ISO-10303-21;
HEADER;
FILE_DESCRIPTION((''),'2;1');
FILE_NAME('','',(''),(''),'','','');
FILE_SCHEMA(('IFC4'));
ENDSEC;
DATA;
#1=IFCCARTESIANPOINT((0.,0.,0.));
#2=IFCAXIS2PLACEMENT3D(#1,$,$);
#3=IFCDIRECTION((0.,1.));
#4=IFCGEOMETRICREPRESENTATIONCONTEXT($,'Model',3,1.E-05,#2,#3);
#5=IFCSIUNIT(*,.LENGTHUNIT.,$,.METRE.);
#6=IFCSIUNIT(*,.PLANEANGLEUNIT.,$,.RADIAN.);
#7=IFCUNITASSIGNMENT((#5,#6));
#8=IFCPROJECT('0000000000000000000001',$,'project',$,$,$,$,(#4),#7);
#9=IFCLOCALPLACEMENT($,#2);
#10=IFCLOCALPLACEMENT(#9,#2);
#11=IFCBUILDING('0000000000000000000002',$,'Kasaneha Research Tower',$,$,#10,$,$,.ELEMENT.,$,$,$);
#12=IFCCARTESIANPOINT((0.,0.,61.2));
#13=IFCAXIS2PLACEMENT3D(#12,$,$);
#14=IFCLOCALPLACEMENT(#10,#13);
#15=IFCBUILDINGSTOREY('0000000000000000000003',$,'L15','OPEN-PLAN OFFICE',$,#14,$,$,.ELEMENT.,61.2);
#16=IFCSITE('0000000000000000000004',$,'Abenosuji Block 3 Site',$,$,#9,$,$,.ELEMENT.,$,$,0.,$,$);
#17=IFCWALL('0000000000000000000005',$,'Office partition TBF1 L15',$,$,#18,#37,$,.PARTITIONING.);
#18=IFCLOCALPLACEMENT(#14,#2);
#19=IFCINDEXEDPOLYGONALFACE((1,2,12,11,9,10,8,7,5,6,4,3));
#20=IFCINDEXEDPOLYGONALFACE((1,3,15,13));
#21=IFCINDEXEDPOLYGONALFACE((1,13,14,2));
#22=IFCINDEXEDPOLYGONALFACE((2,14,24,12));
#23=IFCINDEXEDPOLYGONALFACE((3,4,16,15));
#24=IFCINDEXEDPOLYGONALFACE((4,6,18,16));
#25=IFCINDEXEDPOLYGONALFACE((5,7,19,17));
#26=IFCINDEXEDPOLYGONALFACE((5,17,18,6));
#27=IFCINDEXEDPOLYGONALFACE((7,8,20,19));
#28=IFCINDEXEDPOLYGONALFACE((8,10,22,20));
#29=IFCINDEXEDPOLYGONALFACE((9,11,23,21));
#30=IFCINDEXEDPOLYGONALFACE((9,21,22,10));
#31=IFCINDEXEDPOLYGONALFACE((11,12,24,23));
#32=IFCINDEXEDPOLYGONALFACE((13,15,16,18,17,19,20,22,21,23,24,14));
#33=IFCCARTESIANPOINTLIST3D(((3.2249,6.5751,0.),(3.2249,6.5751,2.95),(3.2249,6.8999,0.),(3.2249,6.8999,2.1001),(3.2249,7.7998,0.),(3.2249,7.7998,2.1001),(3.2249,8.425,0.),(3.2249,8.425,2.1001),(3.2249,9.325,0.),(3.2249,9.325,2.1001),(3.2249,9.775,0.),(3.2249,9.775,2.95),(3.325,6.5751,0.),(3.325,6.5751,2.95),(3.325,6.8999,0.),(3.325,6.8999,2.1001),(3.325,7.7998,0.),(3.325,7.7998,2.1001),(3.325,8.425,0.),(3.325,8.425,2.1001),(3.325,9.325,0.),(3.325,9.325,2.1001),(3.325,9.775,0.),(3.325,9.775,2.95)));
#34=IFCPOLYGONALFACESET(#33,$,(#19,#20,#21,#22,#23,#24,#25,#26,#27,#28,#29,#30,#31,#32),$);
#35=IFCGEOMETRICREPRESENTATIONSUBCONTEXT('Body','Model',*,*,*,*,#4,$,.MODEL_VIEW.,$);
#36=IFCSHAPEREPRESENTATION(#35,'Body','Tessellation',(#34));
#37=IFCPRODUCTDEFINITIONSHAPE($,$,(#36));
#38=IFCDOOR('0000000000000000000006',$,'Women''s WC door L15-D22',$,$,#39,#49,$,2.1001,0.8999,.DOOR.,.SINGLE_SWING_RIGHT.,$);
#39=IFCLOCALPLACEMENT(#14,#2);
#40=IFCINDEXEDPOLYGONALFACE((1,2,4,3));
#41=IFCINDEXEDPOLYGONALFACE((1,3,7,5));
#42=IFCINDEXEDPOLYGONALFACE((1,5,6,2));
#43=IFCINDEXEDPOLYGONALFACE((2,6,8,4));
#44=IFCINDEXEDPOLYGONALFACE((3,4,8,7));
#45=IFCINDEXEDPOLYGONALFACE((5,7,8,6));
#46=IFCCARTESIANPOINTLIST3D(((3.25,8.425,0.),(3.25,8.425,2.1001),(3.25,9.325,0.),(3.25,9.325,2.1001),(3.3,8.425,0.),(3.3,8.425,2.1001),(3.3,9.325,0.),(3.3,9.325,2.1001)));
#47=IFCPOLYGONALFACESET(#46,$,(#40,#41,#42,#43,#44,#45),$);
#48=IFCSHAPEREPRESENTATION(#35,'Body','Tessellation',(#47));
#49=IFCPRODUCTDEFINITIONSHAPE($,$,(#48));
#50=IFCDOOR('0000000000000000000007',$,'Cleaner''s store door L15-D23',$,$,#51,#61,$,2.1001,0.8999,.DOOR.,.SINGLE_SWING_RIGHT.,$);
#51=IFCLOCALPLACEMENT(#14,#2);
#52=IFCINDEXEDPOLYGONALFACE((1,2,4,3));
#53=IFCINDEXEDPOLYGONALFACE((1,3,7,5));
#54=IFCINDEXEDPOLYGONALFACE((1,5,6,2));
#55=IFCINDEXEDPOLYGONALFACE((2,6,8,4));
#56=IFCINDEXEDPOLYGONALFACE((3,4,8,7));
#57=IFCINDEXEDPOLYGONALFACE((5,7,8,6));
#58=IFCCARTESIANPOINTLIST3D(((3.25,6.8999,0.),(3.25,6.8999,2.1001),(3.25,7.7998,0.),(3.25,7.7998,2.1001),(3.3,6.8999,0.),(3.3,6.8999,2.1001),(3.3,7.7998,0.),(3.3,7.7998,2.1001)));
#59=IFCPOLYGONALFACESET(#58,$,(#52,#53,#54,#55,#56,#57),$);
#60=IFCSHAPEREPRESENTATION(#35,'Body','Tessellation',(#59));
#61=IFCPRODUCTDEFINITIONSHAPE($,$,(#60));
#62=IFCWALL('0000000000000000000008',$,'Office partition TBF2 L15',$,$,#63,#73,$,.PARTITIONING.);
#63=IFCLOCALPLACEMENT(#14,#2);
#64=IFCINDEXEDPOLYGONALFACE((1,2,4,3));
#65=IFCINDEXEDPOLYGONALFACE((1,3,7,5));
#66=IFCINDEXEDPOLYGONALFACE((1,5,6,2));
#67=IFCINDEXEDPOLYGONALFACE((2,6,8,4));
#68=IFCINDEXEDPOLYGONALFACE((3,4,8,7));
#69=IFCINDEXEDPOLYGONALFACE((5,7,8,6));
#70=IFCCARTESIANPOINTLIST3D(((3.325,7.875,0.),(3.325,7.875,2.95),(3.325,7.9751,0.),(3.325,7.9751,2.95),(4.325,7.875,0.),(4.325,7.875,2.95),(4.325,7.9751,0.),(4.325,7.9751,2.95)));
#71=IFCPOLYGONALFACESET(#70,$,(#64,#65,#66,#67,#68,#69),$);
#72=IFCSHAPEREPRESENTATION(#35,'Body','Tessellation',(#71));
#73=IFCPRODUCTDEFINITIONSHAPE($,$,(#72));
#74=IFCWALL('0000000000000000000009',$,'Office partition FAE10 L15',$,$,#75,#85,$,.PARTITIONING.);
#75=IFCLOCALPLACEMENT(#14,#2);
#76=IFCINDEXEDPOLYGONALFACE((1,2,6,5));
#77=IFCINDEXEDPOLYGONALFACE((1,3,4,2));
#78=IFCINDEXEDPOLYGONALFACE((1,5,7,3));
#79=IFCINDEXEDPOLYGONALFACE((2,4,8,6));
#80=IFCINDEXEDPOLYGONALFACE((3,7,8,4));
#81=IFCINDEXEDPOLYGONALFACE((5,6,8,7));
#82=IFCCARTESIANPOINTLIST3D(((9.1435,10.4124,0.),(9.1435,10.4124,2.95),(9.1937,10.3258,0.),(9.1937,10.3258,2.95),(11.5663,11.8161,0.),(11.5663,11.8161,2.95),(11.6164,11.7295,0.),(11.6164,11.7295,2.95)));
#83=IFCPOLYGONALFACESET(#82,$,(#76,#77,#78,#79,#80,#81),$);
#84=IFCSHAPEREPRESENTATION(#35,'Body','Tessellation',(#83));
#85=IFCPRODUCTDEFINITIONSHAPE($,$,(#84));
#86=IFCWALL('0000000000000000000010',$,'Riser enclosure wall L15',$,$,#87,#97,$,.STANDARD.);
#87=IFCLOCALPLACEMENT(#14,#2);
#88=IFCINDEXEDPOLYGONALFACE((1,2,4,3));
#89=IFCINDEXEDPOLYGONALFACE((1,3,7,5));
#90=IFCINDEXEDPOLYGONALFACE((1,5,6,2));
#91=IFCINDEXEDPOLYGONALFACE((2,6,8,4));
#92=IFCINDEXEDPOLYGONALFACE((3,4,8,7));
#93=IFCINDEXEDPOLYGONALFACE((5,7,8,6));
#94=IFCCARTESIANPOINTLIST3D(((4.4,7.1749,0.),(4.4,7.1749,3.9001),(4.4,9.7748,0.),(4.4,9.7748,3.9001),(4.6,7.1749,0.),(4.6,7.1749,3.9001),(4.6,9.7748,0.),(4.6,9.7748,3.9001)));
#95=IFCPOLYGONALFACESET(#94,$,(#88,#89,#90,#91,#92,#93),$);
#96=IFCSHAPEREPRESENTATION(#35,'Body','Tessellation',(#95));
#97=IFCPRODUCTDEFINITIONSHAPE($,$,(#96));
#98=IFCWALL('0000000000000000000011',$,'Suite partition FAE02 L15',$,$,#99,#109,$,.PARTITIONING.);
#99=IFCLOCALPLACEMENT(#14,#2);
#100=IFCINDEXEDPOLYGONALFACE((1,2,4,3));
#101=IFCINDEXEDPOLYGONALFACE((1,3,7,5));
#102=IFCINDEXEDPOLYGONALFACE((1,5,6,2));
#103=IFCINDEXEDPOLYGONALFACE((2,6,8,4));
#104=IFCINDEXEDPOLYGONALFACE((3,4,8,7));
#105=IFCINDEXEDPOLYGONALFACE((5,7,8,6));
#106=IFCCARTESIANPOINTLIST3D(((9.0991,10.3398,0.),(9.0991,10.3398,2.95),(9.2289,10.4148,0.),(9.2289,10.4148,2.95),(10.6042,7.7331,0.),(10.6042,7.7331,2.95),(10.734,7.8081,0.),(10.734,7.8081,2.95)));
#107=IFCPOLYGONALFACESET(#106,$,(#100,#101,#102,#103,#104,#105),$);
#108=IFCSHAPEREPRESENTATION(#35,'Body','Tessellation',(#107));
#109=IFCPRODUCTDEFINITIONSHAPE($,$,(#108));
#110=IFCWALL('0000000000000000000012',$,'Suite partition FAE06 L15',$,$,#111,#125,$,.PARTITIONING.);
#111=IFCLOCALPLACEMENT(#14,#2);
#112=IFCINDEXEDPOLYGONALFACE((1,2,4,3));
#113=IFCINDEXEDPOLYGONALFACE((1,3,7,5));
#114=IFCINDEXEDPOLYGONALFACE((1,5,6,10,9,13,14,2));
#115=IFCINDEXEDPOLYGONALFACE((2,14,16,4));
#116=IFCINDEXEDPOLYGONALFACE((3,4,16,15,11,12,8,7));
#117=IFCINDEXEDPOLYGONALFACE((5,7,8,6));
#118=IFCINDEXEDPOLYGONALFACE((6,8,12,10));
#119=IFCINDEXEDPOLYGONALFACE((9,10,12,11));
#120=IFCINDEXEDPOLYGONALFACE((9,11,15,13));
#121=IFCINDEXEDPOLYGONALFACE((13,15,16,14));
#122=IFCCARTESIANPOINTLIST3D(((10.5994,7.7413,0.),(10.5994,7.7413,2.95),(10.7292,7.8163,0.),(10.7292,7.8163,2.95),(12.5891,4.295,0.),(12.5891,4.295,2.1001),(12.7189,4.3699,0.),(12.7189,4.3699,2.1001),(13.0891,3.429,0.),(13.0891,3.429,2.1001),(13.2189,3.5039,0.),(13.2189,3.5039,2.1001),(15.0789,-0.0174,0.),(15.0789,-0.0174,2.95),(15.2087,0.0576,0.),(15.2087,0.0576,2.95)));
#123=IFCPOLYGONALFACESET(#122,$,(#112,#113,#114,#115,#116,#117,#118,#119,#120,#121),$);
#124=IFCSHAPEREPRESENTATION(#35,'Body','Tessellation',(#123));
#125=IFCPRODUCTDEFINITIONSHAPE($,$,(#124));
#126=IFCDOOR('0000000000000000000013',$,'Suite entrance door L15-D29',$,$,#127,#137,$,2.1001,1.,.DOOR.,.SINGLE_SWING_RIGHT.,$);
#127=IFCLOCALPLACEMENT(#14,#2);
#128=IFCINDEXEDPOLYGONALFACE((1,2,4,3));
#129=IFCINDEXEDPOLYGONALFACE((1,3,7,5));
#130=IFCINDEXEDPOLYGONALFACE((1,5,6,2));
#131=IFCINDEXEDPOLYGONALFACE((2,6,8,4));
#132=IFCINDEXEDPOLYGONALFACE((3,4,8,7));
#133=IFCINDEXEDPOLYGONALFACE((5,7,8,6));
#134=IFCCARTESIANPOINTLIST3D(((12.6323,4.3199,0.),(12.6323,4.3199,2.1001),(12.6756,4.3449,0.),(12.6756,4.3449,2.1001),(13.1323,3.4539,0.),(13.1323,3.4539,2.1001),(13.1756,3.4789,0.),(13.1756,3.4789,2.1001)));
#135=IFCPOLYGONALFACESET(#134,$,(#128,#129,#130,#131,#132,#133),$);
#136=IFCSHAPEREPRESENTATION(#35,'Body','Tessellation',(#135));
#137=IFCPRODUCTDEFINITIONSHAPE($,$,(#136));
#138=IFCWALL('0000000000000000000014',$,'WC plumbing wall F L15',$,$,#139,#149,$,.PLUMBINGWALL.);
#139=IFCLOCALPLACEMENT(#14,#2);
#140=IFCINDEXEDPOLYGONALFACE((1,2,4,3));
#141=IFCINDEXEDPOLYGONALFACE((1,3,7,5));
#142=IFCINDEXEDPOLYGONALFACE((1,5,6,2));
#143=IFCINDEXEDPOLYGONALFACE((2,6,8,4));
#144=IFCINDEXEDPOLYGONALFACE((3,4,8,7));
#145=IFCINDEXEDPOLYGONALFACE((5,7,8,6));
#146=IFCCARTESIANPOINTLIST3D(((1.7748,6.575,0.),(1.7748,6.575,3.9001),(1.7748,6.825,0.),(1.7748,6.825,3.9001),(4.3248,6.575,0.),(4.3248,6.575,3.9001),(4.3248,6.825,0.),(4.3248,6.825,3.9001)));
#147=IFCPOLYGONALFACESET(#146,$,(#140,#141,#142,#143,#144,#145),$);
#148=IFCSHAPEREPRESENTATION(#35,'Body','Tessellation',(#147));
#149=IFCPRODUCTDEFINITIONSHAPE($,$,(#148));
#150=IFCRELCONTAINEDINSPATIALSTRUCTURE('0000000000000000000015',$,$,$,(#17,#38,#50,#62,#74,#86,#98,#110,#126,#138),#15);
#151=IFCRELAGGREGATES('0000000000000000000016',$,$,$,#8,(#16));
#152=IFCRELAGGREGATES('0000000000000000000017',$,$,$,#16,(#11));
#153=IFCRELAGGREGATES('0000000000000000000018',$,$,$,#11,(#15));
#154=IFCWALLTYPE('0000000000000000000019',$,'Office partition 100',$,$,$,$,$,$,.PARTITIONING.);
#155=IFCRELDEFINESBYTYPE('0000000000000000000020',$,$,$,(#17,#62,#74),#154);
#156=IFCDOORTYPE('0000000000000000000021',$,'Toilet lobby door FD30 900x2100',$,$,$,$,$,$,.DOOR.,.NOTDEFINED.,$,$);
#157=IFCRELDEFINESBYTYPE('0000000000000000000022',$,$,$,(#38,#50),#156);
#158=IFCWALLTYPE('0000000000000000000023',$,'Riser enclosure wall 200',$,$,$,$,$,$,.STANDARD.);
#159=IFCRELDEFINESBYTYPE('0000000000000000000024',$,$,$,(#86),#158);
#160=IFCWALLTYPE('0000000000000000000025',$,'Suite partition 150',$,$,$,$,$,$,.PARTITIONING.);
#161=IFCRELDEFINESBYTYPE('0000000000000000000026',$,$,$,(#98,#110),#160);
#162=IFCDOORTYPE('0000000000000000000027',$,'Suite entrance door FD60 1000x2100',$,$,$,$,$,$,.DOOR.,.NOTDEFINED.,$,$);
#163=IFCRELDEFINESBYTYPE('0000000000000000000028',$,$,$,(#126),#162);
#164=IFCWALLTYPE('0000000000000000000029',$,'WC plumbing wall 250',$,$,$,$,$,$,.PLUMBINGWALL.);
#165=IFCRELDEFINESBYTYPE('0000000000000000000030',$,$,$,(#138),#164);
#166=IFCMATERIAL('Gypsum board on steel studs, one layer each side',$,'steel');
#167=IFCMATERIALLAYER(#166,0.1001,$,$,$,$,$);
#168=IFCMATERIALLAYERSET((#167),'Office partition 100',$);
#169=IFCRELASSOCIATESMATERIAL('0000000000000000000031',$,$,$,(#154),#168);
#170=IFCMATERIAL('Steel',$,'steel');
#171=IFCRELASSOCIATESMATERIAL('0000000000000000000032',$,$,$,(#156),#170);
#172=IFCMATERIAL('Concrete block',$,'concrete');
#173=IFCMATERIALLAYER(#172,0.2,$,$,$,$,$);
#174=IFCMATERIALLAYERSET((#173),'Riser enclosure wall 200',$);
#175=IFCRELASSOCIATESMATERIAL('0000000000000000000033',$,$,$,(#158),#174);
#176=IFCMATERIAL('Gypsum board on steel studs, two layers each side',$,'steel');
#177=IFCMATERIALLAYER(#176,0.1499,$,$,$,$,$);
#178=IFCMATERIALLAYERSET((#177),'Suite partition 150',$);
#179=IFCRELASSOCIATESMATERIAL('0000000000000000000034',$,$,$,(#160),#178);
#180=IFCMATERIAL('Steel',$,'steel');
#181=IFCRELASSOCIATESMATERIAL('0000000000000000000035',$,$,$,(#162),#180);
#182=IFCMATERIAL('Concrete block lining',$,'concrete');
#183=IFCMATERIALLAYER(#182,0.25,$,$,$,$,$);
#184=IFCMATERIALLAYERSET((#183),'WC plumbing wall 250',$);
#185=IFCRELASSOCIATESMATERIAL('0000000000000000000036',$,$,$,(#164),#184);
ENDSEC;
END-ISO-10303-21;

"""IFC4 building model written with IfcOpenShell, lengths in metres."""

from ifc_helpers import new_model, si_unit, direction, frame, frame_2d, origin, place, context, subcontext, project, spatial, rectangle, extrude, material, layer, layer_set, type_object, element, fill, save


model = new_model("IFC4")

# Units and contexts
model_context = context("Model", 3, precision=1e-05, world=origin(), true_north=direction((0.0, 1.0)))
body_context = subcontext(model_context, "Body", "Model", "MODEL_VIEW")
ifc_project = project(units=[si_unit("LENGTHUNIT", "METRE"), si_unit("PLANEANGLEUNIT", "RADIAN")], contexts=[model_context])

# Site, building, storey
site_placement = place(None, origin())
site = spatial("IfcSite", under=ifc_project, at=site_placement, Name="Abenosuji Block 3 Site", CompositionType="ELEMENT", RefElevation=0.0)
building_placement = place(site_placement, origin())
building = spatial("IfcBuilding", under=site, at=building_placement, Name="Kasaneha Research Tower", CompositionType="ELEMENT")
storey_placement = place(building_placement, frame((0.0, 0.0, 61.2)))
storey = spatial("IfcBuildingStorey", under=building, at=storey_placement, Name="L15", Description="OPEN-PLAN OFFICE", CompositionType="ELEMENT", Elevation=61.2)

# Wall, openings, doors
ifc_material_1 = material(Name="Gypsum board on steel studs, one layer each side", Category="steel")
ifc_layer_1 = layer(ifc_material_1, 0.1001)
ifc_layer_set_1 = layer_set([ifc_layer_1], Name="Office partition 100")
wall_type_1 = type_object("IfcWallType", Name="Office partition 100", PredefinedType="PARTITIONING", material=ifc_layer_set_1)
wall_1_placement = place(storey_placement, frame((3.2749, 6.575, 0.0), z_axis=(0.0, 0.0, 1.0), x_axis=(0.0, 1.0, 0.0)))
wall_1 = element("IfcWall", 1, at=wall_1_placement, inside=storey, type_object=wall_type_1, Name="Office partition TBF1 L15", PredefinedType="PARTITIONING", context=body_context, shape_type="SweptSolid", body=[
    extrude(rectangle(XDim=3.2, YDim=0.1001, at=frame_2d((1.6001, 0.0))), origin(), (0.0, 0.0, 1.0), 2.95),
])
opening_1_placement = place(wall_1_placement, frame((1.8501, 0.0, 0.0)))
opening_1 = element("IfcOpeningElement", 2, at=opening_1_placement, cuts=wall_1, PredefinedType="OPENING", context=body_context, shape_type="SweptSolid", body=[
    extrude(rectangle(XDim=0.8999, YDim=2.1001, at=frame_2d((0.45, 1.05))), frame((0.0, 0.0601, 0.0), z_axis=(0.0, -1.0, 0.0), x_axis=(1.0, 0.0, 0.0)), (0.0, 0.0, 1.0), 0.1201),
])
opening_2_placement = place(wall_1_placement, frame((0.325, 0.0, 0.0)))
opening_2 = element("IfcOpeningElement", 3, at=opening_2_placement, cuts=wall_1, PredefinedType="OPENING", context=body_context, shape_type="SweptSolid", body=[
    extrude(rectangle(XDim=0.8999, YDim=2.1001, at=frame_2d((0.45, 1.05))), frame((0.0, 0.0601, 0.0), z_axis=(0.0, -1.0, 0.0), x_axis=(1.0, 0.0, 0.0)), (0.0, 0.0, 1.0), 0.1201),
])
ifc_material_2 = material(Name="Steel", Category="steel")
door_type_1 = type_object("IfcDoorType", Name="Toilet lobby door FD30 900x2100", OperationType="NOTDEFINED", PredefinedType="DOOR", material=ifc_material_2)
door_1_placement = place(opening_1_placement, origin())
door_1 = element("IfcDoor", 4, at=door_1_placement, inside=storey, type_object=door_type_1, Name="Women's WC door L15-D22", OperationType="SINGLE_SWING_RIGHT", OverallHeight=2.1001, OverallWidth=0.8999, PredefinedType="DOOR", context=body_context, shape_type="SweptSolid", body=[
    extrude(rectangle(XDim=0.8999, YDim=2.1001, at=frame_2d((0.45, 1.05))), frame((0.0, 0.0249, 0.0), z_axis=(0.0, -1.0, 0.0), x_axis=(1.0, 0.0, 0.0)), (0.0, 0.0, 1.0), 0.05),
])
fill(opening_1, door_1)
door_2_placement = place(opening_2_placement, origin())
door_2 = element("IfcDoor", 5, at=door_2_placement, inside=storey, type_object=door_type_1, Name="Cleaner's store door L15-D23", OperationType="SINGLE_SWING_RIGHT", OverallHeight=2.1001, OverallWidth=0.8999, PredefinedType="DOOR", context=body_context, shape_type="SweptSolid", body=[
    extrude(rectangle(XDim=0.8999, YDim=2.1001, at=frame_2d((0.45, 1.05))), frame((0.0, 0.0249, 0.0), z_axis=(0.0, -1.0, 0.0), x_axis=(1.0, 0.0, 0.0)), (0.0, 0.0, 1.0), 0.05),
])
fill(opening_2, door_2)

# Walls
wall_2_placement = place(storey_placement, frame((3.325, 7.925, 0.0), z_axis=(0.0, 0.0, 1.0), x_axis=(1.0, 0.0, 0.0)))
element("IfcWall", 6, at=wall_2_placement, inside=storey, type_object=wall_type_1, Name="Office partition TBF2 L15", PredefinedType="PARTITIONING", context=body_context, shape_type="SweptSolid", body=[
    extrude(rectangle(XDim=1.0, YDim=0.1001, at=frame_2d((0.5, 0.0))), origin(), (0.0, 0.0, 1.0), 2.95),
])
wall_3_placement = place(storey_placement, frame((9.1687, 10.3691, 0.0), z_axis=(0.0, 0.0, 1.0), x_axis=(0.865255, 0.501332, 0.0)))
element("IfcWall", 7, at=wall_3_placement, inside=storey, type_object=wall_type_1, Name="Office partition FAE10 L15", PredefinedType="PARTITIONING", context=body_context, shape_type="SweptSolid", body=[
    extrude(rectangle(XDim=2.8, YDim=0.1001, at=frame_2d((1.3999, 0.0))), origin(), (0.0, 0.0, 1.0), 2.95),
])
ifc_material_3 = material(Name="Concrete block", Category="concrete")
ifc_layer_2 = layer(ifc_material_3, 0.2)
ifc_layer_set_2 = layer_set([ifc_layer_2], Name="Riser enclosure wall 200")
wall_type_2 = type_object("IfcWallType", Name="Riser enclosure wall 200", PredefinedType="STANDARD", material=ifc_layer_set_2)
wall_4_placement = place(storey_placement, frame((4.5, 7.175, 0.0), z_axis=(0.0, 0.0, 1.0), x_axis=(0.0, 1.0, 0.0)))
element("IfcWall", 8, at=wall_4_placement, inside=storey, type_object=wall_type_2, Name="Riser enclosure wall L15", PredefinedType="STANDARD", context=body_context, shape_type="SweptSolid", body=[
    extrude(rectangle(XDim=2.5999, YDim=0.2, at=frame_2d((1.2998, 0.0))), origin(), (0.0, 0.0, 1.0), 3.9001),
])
ifc_material_4 = material(Name="Gypsum board on steel studs, two layers each side", Category="steel")
ifc_layer_3 = layer(ifc_material_4, 0.1499)
ifc_layer_set_3 = layer_set([ifc_layer_3], Name="Suite partition 150")
wall_type_3 = type_object("IfcWallType", Name="Suite partition 150", PredefinedType="PARTITIONING", material=ifc_layer_set_3)
wall_5_placement = place(storey_placement, frame((9.1641, 10.3772, 0.0), z_axis=(0.0, 0.0, 1.0), x_axis=(0.500038, -0.866003, 0.0)))
element("IfcWall", 9, at=wall_5_placement, inside=storey, type_object=wall_type_3, Name="Suite partition FAE02 L15", PredefinedType="PARTITIONING", context=body_context, shape_type="SweptSolid", body=[
    extrude(rectangle(XDim=3.01, YDim=0.1499, at=frame_2d((1.5049, 0.0))), origin(), (0.0, 0.0, 1.0), 2.95),
])

# Wall, opening, door
wall_6_placement = place(storey_placement, frame((10.6643, 7.7788, 0.0), z_axis=(0.0, 0.0, 1.0), x_axis=(0.499996, -0.866028, 0.0)))
wall_6 = element("IfcWall", 10, at=wall_6_placement, inside=storey, type_object=wall_type_3, Name="Suite partition FAE06 L15", PredefinedType="PARTITIONING", context=body_context, shape_type="SweptSolid", body=[
    extrude(rectangle(XDim=8.959, YDim=0.1499, at=frame_2d((4.4795, 0.0))), origin(), (0.0, 0.0, 1.0), 2.95),
])
opening_3_placement = place(wall_6_placement, frame((3.9795, 0.0, 0.0)))
opening_3 = element("IfcOpeningElement", 11, at=opening_3_placement, cuts=wall_6, PredefinedType="OPENING", context=body_context, shape_type="SweptSolid", body=[
    extrude(rectangle(XDim=1.0, YDim=2.1001, at=frame_2d((0.5, 1.05))), frame((0.0, 0.085, 0.0), z_axis=(0.0, -1.0, 0.0), x_axis=(1.0, 0.0, 0.0)), (0.0, 0.0, 1.0), 0.1699),
])
ifc_material_5 = material(Name="Steel", Category="steel")
door_type_2 = type_object("IfcDoorType", Name="Suite entrance door FD60 1000x2100", OperationType="NOTDEFINED", PredefinedType="DOOR", material=ifc_material_5)
door_3_placement = place(opening_3_placement, origin())
door_3 = element("IfcDoor", 12, at=door_3_placement, inside=storey, type_object=door_type_2, Name="Suite entrance door L15-D29", OperationType="SINGLE_SWING_RIGHT", OverallHeight=2.1001, OverallWidth=1.0, PredefinedType="DOOR", context=body_context, shape_type="SweptSolid", body=[
    extrude(rectangle(XDim=1.0, YDim=2.1001, at=frame_2d((0.5, 1.05))), frame((0.0, 0.0249, 0.0), z_axis=(0.0, -1.0, 0.0), x_axis=(1.0, 0.0, 0.0)), (0.0, 0.0, 1.0), 0.05),
])
fill(opening_3, door_3)

# Wall
ifc_material_6 = material(Name="Concrete block lining", Category="concrete")
ifc_layer_4 = layer(ifc_material_6, 0.25)
ifc_layer_set_4 = layer_set([ifc_layer_4], Name="WC plumbing wall 250")
wall_type_4 = type_object("IfcWallType", Name="WC plumbing wall 250", PredefinedType="PLUMBINGWALL", material=ifc_layer_set_4)
wall_7_placement = place(storey_placement, frame((1.7749, 6.7, 0.0), z_axis=(0.0, 0.0, 1.0), x_axis=(1.0, 0.0, 0.0)))
element("IfcWall", 13, at=wall_7_placement, inside=storey, type_object=wall_type_4, Name="WC plumbing wall F L15", PredefinedType="PLUMBINGWALL", context=body_context, shape_type="SweptSolid", body=[
    extrude(rectangle(XDim=2.55, YDim=0.25, at=frame_2d((1.2749, 0.0))), origin(), (0.0, 0.0, 1.0), 3.9001),
])

save(model, "model.ifc")
